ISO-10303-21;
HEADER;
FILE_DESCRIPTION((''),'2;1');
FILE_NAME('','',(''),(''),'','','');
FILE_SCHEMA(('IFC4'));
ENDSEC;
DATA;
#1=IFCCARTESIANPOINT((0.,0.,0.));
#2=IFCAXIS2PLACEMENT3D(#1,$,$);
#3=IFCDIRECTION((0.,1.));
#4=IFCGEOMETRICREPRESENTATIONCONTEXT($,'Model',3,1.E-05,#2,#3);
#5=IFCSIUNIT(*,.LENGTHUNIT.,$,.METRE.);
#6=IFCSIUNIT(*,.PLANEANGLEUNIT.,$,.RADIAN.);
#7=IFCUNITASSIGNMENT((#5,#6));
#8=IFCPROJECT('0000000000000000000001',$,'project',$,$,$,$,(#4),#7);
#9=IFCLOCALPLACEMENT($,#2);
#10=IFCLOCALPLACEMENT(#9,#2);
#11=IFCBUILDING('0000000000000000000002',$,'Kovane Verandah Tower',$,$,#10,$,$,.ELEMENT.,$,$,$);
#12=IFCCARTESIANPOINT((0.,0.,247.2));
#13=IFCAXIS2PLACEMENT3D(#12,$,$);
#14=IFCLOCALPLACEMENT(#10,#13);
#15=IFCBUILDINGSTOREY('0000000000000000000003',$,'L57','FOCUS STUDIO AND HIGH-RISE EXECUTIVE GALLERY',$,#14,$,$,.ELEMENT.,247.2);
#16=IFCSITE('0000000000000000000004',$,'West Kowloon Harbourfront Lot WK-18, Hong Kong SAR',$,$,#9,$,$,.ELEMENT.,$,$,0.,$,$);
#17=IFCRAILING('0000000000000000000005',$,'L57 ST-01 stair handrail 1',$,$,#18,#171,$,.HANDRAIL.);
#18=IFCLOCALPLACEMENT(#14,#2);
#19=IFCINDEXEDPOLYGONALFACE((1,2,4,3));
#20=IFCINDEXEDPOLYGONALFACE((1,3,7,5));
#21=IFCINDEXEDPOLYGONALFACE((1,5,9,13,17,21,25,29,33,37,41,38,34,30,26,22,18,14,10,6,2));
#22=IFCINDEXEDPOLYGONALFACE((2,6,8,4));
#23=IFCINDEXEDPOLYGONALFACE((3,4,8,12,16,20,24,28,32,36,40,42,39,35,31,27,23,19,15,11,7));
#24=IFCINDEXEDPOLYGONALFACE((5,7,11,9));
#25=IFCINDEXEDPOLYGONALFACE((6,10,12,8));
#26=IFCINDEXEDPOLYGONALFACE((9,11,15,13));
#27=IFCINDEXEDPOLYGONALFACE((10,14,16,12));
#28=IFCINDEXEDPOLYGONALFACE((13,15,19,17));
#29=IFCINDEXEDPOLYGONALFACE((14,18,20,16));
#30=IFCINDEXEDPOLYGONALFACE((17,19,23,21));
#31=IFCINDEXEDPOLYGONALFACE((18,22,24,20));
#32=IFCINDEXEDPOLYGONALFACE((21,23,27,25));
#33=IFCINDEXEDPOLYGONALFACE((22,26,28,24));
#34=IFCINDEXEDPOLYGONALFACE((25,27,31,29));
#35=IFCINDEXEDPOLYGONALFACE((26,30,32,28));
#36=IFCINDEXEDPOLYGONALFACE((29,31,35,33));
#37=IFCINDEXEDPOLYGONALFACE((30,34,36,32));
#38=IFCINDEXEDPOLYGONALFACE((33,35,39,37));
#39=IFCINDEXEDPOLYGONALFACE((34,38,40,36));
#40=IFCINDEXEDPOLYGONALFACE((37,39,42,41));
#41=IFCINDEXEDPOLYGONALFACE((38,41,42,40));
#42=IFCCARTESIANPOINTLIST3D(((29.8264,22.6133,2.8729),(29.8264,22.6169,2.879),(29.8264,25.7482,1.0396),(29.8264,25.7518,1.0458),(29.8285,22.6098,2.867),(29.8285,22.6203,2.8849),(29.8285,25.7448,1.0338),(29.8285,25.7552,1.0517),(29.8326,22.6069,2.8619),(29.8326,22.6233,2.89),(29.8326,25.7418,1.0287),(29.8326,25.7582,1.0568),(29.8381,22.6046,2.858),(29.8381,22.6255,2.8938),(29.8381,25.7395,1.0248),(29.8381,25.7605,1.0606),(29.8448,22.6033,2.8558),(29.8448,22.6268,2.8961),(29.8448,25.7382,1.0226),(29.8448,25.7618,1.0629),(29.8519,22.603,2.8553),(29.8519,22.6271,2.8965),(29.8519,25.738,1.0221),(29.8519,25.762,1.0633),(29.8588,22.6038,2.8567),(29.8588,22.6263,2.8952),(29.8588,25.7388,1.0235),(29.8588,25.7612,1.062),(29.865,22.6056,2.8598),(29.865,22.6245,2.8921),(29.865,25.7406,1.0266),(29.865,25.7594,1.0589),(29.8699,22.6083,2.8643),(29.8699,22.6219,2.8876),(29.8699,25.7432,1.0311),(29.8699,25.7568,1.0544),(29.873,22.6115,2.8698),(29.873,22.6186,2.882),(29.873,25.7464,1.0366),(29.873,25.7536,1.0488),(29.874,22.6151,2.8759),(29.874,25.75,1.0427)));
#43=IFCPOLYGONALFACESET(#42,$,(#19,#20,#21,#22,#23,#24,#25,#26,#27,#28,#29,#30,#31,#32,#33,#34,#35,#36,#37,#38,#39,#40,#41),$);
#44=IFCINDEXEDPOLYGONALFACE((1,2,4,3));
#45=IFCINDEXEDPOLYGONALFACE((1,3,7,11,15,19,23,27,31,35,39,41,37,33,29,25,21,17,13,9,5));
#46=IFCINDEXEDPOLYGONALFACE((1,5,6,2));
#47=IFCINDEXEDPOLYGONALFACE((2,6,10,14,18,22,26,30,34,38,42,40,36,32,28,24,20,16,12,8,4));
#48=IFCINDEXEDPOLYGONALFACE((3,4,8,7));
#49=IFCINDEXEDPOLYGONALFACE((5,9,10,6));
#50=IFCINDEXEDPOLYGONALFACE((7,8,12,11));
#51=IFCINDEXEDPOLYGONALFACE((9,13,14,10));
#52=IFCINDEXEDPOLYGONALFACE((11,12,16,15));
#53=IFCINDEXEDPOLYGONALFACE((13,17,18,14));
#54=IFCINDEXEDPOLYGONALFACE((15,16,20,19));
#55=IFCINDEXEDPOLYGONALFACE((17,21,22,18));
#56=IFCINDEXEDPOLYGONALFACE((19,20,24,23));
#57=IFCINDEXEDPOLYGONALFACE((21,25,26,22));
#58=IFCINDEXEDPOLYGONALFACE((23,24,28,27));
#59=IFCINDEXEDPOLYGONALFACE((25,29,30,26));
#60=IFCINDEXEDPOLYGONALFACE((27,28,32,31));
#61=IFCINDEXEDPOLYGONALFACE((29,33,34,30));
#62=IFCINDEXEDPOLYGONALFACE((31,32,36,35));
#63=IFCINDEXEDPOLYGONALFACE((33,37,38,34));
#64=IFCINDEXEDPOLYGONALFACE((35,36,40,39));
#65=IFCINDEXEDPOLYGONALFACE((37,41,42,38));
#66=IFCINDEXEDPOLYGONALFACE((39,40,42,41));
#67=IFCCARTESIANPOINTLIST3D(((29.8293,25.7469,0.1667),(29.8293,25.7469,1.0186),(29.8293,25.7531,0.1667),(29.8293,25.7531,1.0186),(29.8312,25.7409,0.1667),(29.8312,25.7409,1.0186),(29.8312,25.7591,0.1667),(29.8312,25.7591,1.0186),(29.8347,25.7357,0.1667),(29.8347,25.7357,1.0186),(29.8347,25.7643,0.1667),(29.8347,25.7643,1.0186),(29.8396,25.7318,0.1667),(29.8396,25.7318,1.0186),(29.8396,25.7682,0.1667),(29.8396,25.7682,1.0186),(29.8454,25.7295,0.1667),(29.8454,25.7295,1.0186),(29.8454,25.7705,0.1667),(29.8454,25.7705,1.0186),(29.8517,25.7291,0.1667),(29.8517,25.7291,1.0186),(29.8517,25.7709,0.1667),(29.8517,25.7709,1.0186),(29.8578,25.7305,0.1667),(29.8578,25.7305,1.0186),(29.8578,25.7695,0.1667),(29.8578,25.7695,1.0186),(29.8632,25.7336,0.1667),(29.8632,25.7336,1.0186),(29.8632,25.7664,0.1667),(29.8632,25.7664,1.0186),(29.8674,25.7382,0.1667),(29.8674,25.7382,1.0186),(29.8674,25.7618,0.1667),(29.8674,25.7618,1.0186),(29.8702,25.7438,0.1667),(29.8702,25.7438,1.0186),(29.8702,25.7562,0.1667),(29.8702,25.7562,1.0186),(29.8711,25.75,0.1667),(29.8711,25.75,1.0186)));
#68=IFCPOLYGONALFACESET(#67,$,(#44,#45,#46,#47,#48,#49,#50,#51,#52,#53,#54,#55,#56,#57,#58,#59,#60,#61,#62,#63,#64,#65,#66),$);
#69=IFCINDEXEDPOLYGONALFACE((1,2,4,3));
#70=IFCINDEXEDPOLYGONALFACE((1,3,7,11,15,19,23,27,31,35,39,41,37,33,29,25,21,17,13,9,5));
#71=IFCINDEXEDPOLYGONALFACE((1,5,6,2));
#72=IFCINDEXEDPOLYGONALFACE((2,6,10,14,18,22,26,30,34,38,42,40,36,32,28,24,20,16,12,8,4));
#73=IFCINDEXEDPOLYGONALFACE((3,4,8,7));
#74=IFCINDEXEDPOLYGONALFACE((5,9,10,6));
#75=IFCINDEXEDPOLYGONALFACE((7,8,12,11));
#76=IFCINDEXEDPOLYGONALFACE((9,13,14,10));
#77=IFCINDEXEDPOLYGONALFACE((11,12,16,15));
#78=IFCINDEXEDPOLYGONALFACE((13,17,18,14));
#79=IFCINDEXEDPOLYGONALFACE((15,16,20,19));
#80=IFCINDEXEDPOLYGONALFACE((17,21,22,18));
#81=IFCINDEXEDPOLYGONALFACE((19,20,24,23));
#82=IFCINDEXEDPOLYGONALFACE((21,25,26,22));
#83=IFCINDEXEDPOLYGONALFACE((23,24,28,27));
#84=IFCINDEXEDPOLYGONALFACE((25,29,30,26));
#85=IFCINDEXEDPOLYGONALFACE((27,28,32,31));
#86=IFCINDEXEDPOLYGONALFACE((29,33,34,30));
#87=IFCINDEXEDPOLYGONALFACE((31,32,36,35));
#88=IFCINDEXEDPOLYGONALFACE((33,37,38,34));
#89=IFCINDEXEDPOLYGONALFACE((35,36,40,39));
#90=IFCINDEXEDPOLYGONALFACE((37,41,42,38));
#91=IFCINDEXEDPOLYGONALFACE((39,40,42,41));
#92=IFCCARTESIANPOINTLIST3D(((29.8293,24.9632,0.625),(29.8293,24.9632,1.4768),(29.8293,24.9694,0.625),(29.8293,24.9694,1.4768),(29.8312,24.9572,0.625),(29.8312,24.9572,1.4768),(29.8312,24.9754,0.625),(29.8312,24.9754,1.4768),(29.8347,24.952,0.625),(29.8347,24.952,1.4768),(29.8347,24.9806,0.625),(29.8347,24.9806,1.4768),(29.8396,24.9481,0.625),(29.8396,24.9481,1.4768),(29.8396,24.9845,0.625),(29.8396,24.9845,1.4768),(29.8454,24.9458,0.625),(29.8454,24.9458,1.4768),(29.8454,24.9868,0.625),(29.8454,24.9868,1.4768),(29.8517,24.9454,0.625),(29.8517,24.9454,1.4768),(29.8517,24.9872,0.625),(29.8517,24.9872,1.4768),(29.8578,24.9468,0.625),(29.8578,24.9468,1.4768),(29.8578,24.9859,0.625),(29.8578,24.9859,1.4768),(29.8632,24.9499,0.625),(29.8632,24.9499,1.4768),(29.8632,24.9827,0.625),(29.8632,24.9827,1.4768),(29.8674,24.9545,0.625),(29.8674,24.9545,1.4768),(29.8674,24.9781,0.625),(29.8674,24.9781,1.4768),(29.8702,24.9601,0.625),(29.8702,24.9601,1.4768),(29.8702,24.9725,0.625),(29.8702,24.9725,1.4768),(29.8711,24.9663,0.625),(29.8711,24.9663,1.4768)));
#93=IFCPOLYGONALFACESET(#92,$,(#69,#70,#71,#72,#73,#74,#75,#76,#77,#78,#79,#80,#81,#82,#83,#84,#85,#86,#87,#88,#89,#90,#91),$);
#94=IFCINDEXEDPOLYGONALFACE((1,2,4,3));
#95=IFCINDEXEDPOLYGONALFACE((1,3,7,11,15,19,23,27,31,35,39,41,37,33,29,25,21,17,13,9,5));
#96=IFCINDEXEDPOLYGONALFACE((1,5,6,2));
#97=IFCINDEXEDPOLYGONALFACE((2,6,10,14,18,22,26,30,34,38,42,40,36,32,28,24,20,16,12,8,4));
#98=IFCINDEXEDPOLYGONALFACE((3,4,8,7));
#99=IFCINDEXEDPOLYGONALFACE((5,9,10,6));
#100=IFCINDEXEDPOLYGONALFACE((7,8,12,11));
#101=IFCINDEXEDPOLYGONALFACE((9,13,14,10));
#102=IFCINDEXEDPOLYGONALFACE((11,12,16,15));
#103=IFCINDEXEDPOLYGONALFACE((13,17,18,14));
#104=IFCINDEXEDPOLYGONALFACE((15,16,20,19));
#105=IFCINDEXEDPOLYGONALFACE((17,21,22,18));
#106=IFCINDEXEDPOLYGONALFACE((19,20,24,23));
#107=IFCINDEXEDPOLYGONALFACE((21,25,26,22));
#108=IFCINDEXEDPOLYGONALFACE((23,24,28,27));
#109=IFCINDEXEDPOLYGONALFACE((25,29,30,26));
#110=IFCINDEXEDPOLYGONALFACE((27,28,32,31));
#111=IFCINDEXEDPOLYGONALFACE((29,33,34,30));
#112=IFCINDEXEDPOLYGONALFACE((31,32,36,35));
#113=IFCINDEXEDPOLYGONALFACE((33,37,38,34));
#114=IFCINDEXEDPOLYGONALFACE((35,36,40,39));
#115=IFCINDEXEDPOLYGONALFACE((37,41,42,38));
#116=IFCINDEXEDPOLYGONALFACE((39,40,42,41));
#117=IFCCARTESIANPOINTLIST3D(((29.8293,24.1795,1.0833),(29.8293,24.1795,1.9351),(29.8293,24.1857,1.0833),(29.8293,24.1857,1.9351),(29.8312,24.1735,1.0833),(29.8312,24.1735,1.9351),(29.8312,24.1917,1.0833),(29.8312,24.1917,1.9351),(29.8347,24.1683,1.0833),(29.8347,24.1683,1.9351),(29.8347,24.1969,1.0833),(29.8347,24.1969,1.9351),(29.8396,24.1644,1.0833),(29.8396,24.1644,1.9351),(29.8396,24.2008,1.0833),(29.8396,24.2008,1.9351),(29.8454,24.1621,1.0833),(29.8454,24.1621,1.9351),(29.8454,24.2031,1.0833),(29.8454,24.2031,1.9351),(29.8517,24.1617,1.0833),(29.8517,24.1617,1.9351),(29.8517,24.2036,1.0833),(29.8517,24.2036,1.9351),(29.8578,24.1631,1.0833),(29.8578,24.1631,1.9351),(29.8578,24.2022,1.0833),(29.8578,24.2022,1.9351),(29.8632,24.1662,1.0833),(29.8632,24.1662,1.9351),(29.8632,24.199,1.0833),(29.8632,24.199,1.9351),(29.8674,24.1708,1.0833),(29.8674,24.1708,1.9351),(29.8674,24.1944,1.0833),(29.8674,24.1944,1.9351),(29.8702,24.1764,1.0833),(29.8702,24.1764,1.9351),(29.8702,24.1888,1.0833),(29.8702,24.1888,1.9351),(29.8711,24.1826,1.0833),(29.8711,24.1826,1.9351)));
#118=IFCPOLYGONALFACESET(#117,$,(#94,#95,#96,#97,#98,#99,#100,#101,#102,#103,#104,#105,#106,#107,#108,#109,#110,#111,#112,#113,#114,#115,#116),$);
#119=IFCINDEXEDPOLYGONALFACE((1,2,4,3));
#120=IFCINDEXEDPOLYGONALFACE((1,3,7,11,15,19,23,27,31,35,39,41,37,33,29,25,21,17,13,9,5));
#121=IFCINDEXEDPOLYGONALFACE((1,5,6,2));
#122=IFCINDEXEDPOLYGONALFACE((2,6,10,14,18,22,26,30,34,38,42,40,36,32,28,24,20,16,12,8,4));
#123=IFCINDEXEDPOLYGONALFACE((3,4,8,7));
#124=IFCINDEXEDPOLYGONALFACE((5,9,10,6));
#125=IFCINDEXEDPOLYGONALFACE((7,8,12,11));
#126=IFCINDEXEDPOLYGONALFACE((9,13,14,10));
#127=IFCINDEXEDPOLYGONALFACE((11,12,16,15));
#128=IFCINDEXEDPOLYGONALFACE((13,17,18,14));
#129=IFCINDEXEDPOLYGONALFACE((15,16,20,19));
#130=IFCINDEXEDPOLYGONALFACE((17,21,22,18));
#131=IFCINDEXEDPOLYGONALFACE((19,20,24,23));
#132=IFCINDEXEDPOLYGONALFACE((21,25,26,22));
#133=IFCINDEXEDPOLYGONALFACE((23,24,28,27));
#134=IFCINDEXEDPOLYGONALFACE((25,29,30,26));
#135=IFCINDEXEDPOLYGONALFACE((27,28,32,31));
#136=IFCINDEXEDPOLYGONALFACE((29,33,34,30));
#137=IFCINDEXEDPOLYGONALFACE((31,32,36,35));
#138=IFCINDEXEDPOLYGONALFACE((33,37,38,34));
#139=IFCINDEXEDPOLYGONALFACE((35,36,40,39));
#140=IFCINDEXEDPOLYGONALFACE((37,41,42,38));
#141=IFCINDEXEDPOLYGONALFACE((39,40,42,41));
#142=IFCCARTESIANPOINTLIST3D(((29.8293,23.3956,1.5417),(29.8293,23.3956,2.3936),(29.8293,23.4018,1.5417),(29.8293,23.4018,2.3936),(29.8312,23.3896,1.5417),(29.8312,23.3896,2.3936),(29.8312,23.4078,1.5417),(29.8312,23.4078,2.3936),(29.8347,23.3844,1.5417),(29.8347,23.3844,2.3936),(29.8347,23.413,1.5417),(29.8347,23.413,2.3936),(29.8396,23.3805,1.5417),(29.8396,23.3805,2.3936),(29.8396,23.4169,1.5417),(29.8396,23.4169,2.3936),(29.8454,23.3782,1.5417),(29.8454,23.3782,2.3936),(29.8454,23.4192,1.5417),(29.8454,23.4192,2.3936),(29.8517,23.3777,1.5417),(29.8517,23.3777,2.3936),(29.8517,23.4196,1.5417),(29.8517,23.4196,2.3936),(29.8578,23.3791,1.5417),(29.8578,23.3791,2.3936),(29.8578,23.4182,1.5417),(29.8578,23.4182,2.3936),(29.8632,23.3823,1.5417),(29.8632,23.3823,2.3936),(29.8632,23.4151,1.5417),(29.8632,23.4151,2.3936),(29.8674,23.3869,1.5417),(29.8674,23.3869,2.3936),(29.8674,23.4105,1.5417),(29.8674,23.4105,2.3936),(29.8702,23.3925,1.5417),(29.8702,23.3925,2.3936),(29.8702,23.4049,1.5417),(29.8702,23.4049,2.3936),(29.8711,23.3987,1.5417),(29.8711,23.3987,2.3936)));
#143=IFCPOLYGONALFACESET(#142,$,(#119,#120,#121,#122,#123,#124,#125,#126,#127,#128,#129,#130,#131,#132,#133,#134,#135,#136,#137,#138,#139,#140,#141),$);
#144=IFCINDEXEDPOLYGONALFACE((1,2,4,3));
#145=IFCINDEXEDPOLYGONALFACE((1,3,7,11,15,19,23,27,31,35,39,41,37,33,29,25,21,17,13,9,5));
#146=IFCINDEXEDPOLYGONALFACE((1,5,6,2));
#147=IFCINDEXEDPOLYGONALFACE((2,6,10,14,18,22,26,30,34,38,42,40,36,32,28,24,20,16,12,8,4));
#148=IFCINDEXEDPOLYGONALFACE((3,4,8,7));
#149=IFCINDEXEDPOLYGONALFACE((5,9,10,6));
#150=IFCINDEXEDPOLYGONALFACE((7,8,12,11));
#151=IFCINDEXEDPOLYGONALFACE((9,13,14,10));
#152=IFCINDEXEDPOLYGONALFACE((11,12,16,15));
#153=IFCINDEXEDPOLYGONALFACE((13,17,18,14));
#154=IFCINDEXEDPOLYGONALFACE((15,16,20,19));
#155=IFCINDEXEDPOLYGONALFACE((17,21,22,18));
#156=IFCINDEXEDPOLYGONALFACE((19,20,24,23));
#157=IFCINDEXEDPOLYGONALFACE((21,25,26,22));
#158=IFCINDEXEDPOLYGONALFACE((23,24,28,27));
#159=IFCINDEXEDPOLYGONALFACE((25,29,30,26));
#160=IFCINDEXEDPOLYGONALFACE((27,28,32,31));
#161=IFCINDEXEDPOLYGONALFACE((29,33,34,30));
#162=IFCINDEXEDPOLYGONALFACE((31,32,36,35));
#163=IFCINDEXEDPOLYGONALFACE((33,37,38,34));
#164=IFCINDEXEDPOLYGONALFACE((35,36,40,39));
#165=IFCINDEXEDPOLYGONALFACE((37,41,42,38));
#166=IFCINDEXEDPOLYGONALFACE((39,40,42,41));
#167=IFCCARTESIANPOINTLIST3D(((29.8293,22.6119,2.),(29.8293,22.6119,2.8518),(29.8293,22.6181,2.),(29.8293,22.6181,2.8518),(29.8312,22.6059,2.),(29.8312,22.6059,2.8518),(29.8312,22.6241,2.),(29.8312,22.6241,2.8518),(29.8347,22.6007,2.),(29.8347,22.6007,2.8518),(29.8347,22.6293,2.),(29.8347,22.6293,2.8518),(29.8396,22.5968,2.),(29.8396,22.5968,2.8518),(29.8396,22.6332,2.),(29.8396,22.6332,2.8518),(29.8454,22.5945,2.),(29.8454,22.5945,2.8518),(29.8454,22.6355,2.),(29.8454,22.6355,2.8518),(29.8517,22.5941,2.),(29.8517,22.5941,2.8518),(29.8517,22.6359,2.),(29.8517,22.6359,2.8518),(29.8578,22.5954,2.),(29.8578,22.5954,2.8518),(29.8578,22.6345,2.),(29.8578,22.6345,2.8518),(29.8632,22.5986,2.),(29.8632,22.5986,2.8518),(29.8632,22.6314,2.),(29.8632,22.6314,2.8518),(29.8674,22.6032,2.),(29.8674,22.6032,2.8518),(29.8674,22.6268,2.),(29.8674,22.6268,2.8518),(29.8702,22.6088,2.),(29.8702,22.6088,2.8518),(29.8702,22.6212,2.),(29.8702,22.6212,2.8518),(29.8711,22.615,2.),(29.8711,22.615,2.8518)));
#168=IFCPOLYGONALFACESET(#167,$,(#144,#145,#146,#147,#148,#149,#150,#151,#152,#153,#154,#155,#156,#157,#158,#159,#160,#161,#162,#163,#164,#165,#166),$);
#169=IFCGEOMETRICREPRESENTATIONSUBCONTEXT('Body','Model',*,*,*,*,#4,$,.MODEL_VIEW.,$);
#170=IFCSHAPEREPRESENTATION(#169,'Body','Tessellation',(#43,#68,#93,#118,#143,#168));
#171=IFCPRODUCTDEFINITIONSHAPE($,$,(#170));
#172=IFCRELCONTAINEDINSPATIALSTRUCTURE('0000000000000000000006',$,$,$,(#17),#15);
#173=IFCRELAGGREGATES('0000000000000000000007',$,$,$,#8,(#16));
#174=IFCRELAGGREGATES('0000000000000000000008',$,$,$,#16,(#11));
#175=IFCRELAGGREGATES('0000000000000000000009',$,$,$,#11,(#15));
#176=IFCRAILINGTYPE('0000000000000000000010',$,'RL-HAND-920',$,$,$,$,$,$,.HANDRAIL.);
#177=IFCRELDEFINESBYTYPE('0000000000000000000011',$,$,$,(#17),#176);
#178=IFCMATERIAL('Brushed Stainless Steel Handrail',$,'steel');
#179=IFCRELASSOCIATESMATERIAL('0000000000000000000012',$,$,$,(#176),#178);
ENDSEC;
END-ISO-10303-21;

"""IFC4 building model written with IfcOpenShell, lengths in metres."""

from ifc_helpers import new_model, si_unit, direction, frame, origin, origin_2d, place, context, subcontext, project, spatial, circle, extrude, material, type_object, element, save


model = new_model("IFC4")

# Units and contexts
model_context = context("Model", 3, precision=1e-05, world=origin(), true_north=direction((0.0, 1.0)))
body_context = subcontext(model_context, "Body", "Model", "MODEL_VIEW")
ifc_project = project(units=[si_unit("LENGTHUNIT", "METRE"), si_unit("PLANEANGLEUNIT", "RADIAN")], contexts=[model_context])

# Site, building, storey
site_placement = place(None, origin())
site = spatial("IfcSite", under=ifc_project, at=site_placement, Name="West Kowloon Harbourfront Lot WK-18, Hong Kong SAR", CompositionType="ELEMENT", RefElevation=0.0)
building_placement = place(site_placement, origin())
building = spatial("IfcBuilding", under=site, at=building_placement, Name="Kovane Verandah Tower", CompositionType="ELEMENT")
storey_placement = place(building_placement, frame((0.0, 0.0, 247.2)))
storey = spatial("IfcBuildingStorey", under=building, at=storey_placement, Name="L57", Description="FOCUS STUDIO AND HIGH-RISE EXECUTIVE GALLERY", CompositionType="ELEMENT", Elevation=247.2)

# Railing
ifc_material_1 = material(Name="Brushed Stainless Steel Handrail", Category="steel")
railing_type_1 = type_object("IfcRailingType", Name="RL-HAND-920", PredefinedType="HANDRAIL", material=ifc_material_1)
railing_1_placement = place(storey_placement, frame((29.8501, 25.75, 0.1667)))
element("IfcRailing", 1, at=railing_1_placement, inside=storey, type_object=railing_type_1, Name="L57 ST-01 stair handrail 1", PredefinedType="HANDRAIL", context=body_context, shape_type="SweptSolid", body=[
    extrude(circle(Radius=0.0239, at=origin_2d()), frame((0.0, 0.0, 0.876), z_axis=(0.0, -0.86324, 0.504794), x_axis=(1.0, 0.0, 0.0)), (0.0, 0.0, 1.0), 3.6316),
    extrude(circle(Radius=0.021, at=origin_2d()), origin(), (0.0, 0.0, 1.0), 0.8518),
    extrude(circle(Radius=0.021, at=origin_2d()), frame((0.0, -0.7837, 0.4583)), (0.0, 0.0, 1.0), 0.8518),
    extrude(circle(Radius=0.021, at=origin_2d()), frame((0.0, -1.5674, 0.9165)), (0.0, 0.0, 1.0), 0.8518),
    extrude(circle(Radius=0.021, at=origin_2d()), frame((0.0, -2.3513, 1.375)), (0.0, 0.0, 1.0), 0.8518),
    extrude(circle(Radius=0.021, at=origin_2d()), frame((0.0, -3.135, 1.8333)), (0.0, 0.0, 1.0), 0.8518),
])

save(model, "model.ifc")
